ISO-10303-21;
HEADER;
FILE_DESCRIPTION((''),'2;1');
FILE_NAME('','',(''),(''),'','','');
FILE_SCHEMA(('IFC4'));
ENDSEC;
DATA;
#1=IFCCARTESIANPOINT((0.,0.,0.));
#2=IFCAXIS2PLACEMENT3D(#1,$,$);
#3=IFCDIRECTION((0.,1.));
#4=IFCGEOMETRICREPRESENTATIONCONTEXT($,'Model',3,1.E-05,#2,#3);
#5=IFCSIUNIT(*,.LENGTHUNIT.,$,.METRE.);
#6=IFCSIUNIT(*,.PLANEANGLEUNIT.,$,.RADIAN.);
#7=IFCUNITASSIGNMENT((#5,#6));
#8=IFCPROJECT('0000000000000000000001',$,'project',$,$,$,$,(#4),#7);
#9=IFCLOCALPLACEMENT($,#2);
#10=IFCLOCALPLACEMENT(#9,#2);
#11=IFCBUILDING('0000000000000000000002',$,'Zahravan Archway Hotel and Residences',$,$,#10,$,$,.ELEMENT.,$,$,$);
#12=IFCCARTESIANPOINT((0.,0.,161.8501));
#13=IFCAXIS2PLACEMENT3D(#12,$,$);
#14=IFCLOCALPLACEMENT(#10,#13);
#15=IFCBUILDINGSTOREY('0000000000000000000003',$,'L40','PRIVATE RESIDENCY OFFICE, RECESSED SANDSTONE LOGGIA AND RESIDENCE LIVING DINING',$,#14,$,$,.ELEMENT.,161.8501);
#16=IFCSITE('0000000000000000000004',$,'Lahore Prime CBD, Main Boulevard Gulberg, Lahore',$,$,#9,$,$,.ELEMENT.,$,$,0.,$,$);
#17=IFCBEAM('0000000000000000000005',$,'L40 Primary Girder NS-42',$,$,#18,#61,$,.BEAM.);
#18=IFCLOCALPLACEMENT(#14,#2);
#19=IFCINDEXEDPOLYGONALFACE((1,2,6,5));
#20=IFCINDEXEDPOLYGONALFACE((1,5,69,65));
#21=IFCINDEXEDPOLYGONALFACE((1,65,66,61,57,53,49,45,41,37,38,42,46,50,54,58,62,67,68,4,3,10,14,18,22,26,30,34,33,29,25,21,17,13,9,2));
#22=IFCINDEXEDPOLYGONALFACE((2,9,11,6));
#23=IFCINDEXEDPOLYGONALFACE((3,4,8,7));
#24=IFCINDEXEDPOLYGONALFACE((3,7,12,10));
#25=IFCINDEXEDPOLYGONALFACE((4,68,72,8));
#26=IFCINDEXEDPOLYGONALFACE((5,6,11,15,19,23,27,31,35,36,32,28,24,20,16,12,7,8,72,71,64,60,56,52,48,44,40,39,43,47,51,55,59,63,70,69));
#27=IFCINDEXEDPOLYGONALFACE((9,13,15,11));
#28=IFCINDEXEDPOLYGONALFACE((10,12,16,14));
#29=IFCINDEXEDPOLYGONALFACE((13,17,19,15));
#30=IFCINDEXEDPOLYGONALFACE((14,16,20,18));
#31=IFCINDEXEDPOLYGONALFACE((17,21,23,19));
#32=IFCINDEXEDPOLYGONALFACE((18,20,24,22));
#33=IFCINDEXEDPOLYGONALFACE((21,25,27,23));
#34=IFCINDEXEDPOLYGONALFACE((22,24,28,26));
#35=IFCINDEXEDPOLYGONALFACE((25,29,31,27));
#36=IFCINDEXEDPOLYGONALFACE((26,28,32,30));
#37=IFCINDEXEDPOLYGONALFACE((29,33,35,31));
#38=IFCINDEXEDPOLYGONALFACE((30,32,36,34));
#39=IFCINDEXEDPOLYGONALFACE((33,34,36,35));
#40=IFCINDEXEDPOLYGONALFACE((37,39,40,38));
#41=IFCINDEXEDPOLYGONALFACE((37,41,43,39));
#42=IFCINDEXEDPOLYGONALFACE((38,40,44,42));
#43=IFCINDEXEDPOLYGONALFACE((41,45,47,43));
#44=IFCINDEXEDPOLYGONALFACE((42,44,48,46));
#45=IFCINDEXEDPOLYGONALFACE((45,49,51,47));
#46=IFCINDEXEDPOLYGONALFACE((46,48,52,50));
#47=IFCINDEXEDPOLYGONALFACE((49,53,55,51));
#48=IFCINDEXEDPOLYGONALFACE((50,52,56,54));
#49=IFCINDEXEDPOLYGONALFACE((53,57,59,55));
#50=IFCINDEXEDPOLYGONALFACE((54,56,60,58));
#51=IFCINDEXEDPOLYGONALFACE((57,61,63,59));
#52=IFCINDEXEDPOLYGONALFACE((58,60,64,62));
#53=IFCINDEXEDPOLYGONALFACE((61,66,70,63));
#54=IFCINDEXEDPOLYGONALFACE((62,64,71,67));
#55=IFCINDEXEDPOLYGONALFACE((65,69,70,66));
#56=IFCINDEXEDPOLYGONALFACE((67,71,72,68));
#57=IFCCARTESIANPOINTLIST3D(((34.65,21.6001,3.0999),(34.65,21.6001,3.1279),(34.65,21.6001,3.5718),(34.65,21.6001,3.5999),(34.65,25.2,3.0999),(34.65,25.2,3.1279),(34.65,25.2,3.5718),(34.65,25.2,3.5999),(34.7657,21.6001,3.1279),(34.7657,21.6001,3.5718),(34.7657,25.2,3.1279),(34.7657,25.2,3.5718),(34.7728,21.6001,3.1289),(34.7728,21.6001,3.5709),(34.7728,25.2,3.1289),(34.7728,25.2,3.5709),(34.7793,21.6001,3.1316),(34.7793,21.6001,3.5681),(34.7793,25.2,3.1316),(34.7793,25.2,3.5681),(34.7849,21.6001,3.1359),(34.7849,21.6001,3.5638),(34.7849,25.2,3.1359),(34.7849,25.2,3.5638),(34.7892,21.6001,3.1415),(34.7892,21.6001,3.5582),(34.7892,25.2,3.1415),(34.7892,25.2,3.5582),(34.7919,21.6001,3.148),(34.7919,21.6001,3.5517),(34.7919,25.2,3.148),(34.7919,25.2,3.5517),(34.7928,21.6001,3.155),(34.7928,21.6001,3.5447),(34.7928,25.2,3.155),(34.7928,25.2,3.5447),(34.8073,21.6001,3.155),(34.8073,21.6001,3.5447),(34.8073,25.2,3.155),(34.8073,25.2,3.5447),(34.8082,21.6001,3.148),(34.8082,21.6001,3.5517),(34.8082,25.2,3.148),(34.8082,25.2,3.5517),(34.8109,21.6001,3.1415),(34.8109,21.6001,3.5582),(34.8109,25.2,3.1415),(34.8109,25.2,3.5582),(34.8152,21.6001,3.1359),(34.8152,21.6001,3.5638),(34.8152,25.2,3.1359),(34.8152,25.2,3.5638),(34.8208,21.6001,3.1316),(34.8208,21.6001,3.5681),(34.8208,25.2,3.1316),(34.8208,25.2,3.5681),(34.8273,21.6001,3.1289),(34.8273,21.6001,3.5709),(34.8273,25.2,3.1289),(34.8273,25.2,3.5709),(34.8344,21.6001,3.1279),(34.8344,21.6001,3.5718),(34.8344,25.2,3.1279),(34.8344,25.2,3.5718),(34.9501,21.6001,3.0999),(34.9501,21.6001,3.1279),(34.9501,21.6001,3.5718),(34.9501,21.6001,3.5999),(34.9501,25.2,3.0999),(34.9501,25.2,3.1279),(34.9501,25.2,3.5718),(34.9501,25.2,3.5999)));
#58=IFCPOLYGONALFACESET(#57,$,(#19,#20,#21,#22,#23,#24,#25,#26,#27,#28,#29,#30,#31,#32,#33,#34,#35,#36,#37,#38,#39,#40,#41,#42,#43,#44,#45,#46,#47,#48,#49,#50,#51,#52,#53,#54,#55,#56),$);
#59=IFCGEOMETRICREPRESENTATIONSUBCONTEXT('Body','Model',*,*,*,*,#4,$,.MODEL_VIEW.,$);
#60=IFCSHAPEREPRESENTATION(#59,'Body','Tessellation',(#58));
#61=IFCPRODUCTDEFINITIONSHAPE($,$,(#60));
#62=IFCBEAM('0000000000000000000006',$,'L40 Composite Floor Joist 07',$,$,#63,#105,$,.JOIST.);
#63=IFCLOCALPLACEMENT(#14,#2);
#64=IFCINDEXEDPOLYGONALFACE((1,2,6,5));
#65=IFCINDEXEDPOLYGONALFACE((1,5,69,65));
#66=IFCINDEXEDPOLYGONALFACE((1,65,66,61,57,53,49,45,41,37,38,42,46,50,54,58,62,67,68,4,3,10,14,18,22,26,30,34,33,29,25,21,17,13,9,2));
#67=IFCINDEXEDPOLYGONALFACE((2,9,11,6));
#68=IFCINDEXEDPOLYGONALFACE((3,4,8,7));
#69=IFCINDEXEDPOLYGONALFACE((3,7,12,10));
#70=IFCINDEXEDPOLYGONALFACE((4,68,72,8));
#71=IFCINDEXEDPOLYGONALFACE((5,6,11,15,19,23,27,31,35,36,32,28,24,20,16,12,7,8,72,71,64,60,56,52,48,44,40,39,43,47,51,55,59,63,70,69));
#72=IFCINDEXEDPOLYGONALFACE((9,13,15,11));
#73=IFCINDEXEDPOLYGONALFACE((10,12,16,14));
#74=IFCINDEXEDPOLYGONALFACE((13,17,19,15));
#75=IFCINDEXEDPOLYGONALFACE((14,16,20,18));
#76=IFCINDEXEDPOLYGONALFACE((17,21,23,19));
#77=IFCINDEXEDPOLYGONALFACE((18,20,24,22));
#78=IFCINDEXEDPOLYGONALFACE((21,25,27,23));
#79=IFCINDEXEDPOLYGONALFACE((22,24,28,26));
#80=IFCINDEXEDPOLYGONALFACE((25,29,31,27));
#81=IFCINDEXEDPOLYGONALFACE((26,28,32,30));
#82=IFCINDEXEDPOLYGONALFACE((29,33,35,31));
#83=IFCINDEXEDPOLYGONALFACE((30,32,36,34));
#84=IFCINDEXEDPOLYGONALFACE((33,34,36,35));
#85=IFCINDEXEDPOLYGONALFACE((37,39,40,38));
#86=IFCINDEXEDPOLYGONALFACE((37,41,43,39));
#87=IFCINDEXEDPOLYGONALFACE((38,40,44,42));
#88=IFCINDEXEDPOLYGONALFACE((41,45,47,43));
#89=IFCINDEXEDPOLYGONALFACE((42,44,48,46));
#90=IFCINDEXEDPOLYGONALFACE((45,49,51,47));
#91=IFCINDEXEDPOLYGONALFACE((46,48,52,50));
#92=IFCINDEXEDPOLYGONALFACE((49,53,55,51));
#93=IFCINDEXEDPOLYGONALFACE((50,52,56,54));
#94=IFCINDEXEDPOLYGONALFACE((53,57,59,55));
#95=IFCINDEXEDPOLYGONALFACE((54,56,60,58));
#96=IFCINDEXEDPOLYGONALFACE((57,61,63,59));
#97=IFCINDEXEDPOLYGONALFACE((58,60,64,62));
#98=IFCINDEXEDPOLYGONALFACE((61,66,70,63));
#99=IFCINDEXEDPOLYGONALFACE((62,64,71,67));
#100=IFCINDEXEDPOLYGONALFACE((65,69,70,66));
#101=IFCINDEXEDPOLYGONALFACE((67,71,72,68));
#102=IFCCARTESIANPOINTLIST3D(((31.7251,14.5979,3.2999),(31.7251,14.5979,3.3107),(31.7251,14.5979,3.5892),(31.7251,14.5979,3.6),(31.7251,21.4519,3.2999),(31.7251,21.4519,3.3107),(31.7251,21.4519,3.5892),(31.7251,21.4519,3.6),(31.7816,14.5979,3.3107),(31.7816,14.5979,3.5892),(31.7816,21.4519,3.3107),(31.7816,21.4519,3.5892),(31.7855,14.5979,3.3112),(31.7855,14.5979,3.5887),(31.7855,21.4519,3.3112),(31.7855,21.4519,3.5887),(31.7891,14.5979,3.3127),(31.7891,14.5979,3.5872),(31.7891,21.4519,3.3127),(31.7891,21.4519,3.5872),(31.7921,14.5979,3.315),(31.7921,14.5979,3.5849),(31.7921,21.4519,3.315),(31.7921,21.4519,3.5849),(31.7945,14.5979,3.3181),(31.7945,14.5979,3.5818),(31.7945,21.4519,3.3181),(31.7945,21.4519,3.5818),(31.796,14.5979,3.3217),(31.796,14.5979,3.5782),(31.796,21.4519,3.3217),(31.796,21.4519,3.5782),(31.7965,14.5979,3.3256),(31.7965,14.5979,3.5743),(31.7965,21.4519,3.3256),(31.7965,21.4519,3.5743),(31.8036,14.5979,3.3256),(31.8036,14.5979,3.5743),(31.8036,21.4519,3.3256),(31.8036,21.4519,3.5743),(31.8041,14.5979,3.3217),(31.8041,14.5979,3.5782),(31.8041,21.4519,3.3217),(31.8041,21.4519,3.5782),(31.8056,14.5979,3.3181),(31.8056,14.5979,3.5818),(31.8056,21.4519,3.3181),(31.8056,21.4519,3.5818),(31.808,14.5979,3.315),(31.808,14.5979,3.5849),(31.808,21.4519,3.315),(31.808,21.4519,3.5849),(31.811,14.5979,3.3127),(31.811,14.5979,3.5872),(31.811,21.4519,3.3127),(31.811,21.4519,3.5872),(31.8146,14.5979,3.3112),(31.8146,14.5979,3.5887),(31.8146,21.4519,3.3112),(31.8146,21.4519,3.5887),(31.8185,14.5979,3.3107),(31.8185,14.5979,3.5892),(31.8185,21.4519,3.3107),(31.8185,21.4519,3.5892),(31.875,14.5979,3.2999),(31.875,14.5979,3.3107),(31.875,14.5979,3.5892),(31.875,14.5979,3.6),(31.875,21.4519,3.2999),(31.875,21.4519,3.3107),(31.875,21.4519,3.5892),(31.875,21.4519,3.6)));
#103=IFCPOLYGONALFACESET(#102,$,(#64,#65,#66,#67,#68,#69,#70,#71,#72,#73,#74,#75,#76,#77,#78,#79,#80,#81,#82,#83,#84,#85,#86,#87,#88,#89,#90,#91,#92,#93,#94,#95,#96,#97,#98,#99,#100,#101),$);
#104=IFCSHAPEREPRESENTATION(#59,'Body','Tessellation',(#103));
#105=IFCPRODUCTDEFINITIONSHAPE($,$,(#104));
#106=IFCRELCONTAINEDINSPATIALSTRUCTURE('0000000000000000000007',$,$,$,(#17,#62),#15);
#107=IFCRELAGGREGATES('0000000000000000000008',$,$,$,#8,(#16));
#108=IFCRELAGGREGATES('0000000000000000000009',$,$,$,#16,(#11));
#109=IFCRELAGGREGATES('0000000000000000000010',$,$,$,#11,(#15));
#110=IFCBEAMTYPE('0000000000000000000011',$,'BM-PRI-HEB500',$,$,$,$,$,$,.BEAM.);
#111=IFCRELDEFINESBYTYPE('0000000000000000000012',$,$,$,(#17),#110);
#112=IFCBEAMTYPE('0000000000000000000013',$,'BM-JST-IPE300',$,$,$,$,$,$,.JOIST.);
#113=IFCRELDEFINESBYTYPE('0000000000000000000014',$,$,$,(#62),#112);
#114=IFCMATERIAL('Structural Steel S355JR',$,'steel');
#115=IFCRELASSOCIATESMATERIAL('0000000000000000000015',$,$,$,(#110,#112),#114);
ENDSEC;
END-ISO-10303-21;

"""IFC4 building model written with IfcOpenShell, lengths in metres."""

from ifc_helpers import new_model, si_unit, direction, frame, origin, origin_2d, place, context, subcontext, project, spatial, i_section, extrude, source, transform, mapped, material, material_profile, profile_set, type_object, element, save


model = new_model("IFC4")

# Units and contexts
model_context = context("Model", 3, precision=1e-05, world=origin(), true_north=direction((0.0, 1.0)))
body_context = subcontext(model_context, "Body", "Model", "MODEL_VIEW")
ifc_project = project(units=[si_unit("LENGTHUNIT", "METRE"), si_unit("PLANEANGLEUNIT", "RADIAN")], contexts=[model_context])

# Site, building, storey
site_placement = place(None, origin())
site = spatial("IfcSite", under=ifc_project, at=site_placement, Name="Lahore Prime CBD, Main Boulevard Gulberg, Lahore", CompositionType="ELEMENT", RefElevation=0.0)
building_placement = place(site_placement, origin())
building = spatial("IfcBuilding", under=site, at=building_placement, Name="Zahravan Archway Hotel and Residences", CompositionType="ELEMENT")
storey_placement = place(building_placement, frame((0.0, 0.0, 161.8501)))
storey = spatial("IfcBuildingStorey", under=building, at=storey_placement, Name="L40", Description="PRIVATE RESIDENCY OFFICE, RECESSED SANDSTONE LOGGIA AND RESIDENCE LIVING DINING", CompositionType="ELEMENT", Elevation=161.8501)

# Beams
ifc_material_1 = material(Name="Structural Steel S355JR", Category="steel")
ifc_material_profile_1 = material_profile(ifc_material_1, i_section(OverallWidth=0.3, OverallDepth=0.5, WebThickness=0.0144, FlangeThickness=0.0281, FilletRadius=0.0271, at=origin_2d()), Name="HEB 500", Category="steel")
ifc_profile_set_1 = profile_set([ifc_material_profile_1], Name="Structural Steel S355JR")
beam_type_1 = type_object("IfcBeamType", Name="BM-PRI-HEB500", PredefinedType="BEAM", material=ifc_profile_set_1)
shared_shape_1 = source(origin(), body_context, "Body", "SweptSolid", [
    extrude(i_section(OverallWidth=0.3, OverallDepth=0.5, WebThickness=0.0144, FlangeThickness=0.0281, FilletRadius=0.0271, at=origin_2d()), origin(), (0.0, 0.0, 1.0), 3.5999),
])
beam_1_placement = place(storey_placement, frame((34.8, 21.6001, 3.3499), z_axis=(0.0, 1.0, 0.0), x_axis=(-1.0, 0.0, 0.0)))
element("IfcBeam", 1, at=beam_1_placement, inside=storey, type_object=beam_type_1, Name="L40 Primary Girder NS-42", PredefinedType="BEAM", context=body_context, shape_type="MappedRepresentation", body=[
    mapped(shared_shape_1, transform((0.0, 0.0, 0.0), scale=1.0)),
])
ifc_material_profile_2 = material_profile(ifc_material_1, i_section(OverallWidth=0.1499, OverallDepth=0.3, WebThickness=0.0071, FlangeThickness=0.0107, FilletRadius=0.0149, at=origin_2d()), Name="IPE 300", Category="steel")
ifc_profile_set_2 = profile_set([ifc_material_profile_2], Name="Structural Steel S355JR")
beam_type_2 = type_object("IfcBeamType", Name="BM-JST-IPE300", PredefinedType="JOIST", material=ifc_profile_set_2)
shared_shape_2 = source(origin(), body_context, "Body", "SweptSolid", [
    extrude(i_section(OverallWidth=0.1499, OverallDepth=0.3, WebThickness=0.0071, FlangeThickness=0.0107, FilletRadius=0.0149, at=origin_2d()), origin(), (0.0, 0.0, 1.0), 6.854),
])
beam_2_placement = place(storey_placement, frame((31.8, 14.5979, 3.45), z_axis=(0.0, 1.0, 0.0), x_axis=(-1.0, 0.0, 0.0)))
element("IfcBeam", 2, at=beam_2_placement, inside=storey, type_object=beam_type_2, Name="L40 Composite Floor Joist 07", PredefinedType="JOIST", context=body_context, shape_type="MappedRepresentation", body=[
    mapped(shared_shape_2, transform((0.0, 0.0, 0.0), scale=1.0)),
])

save(model, "model.ifc")
